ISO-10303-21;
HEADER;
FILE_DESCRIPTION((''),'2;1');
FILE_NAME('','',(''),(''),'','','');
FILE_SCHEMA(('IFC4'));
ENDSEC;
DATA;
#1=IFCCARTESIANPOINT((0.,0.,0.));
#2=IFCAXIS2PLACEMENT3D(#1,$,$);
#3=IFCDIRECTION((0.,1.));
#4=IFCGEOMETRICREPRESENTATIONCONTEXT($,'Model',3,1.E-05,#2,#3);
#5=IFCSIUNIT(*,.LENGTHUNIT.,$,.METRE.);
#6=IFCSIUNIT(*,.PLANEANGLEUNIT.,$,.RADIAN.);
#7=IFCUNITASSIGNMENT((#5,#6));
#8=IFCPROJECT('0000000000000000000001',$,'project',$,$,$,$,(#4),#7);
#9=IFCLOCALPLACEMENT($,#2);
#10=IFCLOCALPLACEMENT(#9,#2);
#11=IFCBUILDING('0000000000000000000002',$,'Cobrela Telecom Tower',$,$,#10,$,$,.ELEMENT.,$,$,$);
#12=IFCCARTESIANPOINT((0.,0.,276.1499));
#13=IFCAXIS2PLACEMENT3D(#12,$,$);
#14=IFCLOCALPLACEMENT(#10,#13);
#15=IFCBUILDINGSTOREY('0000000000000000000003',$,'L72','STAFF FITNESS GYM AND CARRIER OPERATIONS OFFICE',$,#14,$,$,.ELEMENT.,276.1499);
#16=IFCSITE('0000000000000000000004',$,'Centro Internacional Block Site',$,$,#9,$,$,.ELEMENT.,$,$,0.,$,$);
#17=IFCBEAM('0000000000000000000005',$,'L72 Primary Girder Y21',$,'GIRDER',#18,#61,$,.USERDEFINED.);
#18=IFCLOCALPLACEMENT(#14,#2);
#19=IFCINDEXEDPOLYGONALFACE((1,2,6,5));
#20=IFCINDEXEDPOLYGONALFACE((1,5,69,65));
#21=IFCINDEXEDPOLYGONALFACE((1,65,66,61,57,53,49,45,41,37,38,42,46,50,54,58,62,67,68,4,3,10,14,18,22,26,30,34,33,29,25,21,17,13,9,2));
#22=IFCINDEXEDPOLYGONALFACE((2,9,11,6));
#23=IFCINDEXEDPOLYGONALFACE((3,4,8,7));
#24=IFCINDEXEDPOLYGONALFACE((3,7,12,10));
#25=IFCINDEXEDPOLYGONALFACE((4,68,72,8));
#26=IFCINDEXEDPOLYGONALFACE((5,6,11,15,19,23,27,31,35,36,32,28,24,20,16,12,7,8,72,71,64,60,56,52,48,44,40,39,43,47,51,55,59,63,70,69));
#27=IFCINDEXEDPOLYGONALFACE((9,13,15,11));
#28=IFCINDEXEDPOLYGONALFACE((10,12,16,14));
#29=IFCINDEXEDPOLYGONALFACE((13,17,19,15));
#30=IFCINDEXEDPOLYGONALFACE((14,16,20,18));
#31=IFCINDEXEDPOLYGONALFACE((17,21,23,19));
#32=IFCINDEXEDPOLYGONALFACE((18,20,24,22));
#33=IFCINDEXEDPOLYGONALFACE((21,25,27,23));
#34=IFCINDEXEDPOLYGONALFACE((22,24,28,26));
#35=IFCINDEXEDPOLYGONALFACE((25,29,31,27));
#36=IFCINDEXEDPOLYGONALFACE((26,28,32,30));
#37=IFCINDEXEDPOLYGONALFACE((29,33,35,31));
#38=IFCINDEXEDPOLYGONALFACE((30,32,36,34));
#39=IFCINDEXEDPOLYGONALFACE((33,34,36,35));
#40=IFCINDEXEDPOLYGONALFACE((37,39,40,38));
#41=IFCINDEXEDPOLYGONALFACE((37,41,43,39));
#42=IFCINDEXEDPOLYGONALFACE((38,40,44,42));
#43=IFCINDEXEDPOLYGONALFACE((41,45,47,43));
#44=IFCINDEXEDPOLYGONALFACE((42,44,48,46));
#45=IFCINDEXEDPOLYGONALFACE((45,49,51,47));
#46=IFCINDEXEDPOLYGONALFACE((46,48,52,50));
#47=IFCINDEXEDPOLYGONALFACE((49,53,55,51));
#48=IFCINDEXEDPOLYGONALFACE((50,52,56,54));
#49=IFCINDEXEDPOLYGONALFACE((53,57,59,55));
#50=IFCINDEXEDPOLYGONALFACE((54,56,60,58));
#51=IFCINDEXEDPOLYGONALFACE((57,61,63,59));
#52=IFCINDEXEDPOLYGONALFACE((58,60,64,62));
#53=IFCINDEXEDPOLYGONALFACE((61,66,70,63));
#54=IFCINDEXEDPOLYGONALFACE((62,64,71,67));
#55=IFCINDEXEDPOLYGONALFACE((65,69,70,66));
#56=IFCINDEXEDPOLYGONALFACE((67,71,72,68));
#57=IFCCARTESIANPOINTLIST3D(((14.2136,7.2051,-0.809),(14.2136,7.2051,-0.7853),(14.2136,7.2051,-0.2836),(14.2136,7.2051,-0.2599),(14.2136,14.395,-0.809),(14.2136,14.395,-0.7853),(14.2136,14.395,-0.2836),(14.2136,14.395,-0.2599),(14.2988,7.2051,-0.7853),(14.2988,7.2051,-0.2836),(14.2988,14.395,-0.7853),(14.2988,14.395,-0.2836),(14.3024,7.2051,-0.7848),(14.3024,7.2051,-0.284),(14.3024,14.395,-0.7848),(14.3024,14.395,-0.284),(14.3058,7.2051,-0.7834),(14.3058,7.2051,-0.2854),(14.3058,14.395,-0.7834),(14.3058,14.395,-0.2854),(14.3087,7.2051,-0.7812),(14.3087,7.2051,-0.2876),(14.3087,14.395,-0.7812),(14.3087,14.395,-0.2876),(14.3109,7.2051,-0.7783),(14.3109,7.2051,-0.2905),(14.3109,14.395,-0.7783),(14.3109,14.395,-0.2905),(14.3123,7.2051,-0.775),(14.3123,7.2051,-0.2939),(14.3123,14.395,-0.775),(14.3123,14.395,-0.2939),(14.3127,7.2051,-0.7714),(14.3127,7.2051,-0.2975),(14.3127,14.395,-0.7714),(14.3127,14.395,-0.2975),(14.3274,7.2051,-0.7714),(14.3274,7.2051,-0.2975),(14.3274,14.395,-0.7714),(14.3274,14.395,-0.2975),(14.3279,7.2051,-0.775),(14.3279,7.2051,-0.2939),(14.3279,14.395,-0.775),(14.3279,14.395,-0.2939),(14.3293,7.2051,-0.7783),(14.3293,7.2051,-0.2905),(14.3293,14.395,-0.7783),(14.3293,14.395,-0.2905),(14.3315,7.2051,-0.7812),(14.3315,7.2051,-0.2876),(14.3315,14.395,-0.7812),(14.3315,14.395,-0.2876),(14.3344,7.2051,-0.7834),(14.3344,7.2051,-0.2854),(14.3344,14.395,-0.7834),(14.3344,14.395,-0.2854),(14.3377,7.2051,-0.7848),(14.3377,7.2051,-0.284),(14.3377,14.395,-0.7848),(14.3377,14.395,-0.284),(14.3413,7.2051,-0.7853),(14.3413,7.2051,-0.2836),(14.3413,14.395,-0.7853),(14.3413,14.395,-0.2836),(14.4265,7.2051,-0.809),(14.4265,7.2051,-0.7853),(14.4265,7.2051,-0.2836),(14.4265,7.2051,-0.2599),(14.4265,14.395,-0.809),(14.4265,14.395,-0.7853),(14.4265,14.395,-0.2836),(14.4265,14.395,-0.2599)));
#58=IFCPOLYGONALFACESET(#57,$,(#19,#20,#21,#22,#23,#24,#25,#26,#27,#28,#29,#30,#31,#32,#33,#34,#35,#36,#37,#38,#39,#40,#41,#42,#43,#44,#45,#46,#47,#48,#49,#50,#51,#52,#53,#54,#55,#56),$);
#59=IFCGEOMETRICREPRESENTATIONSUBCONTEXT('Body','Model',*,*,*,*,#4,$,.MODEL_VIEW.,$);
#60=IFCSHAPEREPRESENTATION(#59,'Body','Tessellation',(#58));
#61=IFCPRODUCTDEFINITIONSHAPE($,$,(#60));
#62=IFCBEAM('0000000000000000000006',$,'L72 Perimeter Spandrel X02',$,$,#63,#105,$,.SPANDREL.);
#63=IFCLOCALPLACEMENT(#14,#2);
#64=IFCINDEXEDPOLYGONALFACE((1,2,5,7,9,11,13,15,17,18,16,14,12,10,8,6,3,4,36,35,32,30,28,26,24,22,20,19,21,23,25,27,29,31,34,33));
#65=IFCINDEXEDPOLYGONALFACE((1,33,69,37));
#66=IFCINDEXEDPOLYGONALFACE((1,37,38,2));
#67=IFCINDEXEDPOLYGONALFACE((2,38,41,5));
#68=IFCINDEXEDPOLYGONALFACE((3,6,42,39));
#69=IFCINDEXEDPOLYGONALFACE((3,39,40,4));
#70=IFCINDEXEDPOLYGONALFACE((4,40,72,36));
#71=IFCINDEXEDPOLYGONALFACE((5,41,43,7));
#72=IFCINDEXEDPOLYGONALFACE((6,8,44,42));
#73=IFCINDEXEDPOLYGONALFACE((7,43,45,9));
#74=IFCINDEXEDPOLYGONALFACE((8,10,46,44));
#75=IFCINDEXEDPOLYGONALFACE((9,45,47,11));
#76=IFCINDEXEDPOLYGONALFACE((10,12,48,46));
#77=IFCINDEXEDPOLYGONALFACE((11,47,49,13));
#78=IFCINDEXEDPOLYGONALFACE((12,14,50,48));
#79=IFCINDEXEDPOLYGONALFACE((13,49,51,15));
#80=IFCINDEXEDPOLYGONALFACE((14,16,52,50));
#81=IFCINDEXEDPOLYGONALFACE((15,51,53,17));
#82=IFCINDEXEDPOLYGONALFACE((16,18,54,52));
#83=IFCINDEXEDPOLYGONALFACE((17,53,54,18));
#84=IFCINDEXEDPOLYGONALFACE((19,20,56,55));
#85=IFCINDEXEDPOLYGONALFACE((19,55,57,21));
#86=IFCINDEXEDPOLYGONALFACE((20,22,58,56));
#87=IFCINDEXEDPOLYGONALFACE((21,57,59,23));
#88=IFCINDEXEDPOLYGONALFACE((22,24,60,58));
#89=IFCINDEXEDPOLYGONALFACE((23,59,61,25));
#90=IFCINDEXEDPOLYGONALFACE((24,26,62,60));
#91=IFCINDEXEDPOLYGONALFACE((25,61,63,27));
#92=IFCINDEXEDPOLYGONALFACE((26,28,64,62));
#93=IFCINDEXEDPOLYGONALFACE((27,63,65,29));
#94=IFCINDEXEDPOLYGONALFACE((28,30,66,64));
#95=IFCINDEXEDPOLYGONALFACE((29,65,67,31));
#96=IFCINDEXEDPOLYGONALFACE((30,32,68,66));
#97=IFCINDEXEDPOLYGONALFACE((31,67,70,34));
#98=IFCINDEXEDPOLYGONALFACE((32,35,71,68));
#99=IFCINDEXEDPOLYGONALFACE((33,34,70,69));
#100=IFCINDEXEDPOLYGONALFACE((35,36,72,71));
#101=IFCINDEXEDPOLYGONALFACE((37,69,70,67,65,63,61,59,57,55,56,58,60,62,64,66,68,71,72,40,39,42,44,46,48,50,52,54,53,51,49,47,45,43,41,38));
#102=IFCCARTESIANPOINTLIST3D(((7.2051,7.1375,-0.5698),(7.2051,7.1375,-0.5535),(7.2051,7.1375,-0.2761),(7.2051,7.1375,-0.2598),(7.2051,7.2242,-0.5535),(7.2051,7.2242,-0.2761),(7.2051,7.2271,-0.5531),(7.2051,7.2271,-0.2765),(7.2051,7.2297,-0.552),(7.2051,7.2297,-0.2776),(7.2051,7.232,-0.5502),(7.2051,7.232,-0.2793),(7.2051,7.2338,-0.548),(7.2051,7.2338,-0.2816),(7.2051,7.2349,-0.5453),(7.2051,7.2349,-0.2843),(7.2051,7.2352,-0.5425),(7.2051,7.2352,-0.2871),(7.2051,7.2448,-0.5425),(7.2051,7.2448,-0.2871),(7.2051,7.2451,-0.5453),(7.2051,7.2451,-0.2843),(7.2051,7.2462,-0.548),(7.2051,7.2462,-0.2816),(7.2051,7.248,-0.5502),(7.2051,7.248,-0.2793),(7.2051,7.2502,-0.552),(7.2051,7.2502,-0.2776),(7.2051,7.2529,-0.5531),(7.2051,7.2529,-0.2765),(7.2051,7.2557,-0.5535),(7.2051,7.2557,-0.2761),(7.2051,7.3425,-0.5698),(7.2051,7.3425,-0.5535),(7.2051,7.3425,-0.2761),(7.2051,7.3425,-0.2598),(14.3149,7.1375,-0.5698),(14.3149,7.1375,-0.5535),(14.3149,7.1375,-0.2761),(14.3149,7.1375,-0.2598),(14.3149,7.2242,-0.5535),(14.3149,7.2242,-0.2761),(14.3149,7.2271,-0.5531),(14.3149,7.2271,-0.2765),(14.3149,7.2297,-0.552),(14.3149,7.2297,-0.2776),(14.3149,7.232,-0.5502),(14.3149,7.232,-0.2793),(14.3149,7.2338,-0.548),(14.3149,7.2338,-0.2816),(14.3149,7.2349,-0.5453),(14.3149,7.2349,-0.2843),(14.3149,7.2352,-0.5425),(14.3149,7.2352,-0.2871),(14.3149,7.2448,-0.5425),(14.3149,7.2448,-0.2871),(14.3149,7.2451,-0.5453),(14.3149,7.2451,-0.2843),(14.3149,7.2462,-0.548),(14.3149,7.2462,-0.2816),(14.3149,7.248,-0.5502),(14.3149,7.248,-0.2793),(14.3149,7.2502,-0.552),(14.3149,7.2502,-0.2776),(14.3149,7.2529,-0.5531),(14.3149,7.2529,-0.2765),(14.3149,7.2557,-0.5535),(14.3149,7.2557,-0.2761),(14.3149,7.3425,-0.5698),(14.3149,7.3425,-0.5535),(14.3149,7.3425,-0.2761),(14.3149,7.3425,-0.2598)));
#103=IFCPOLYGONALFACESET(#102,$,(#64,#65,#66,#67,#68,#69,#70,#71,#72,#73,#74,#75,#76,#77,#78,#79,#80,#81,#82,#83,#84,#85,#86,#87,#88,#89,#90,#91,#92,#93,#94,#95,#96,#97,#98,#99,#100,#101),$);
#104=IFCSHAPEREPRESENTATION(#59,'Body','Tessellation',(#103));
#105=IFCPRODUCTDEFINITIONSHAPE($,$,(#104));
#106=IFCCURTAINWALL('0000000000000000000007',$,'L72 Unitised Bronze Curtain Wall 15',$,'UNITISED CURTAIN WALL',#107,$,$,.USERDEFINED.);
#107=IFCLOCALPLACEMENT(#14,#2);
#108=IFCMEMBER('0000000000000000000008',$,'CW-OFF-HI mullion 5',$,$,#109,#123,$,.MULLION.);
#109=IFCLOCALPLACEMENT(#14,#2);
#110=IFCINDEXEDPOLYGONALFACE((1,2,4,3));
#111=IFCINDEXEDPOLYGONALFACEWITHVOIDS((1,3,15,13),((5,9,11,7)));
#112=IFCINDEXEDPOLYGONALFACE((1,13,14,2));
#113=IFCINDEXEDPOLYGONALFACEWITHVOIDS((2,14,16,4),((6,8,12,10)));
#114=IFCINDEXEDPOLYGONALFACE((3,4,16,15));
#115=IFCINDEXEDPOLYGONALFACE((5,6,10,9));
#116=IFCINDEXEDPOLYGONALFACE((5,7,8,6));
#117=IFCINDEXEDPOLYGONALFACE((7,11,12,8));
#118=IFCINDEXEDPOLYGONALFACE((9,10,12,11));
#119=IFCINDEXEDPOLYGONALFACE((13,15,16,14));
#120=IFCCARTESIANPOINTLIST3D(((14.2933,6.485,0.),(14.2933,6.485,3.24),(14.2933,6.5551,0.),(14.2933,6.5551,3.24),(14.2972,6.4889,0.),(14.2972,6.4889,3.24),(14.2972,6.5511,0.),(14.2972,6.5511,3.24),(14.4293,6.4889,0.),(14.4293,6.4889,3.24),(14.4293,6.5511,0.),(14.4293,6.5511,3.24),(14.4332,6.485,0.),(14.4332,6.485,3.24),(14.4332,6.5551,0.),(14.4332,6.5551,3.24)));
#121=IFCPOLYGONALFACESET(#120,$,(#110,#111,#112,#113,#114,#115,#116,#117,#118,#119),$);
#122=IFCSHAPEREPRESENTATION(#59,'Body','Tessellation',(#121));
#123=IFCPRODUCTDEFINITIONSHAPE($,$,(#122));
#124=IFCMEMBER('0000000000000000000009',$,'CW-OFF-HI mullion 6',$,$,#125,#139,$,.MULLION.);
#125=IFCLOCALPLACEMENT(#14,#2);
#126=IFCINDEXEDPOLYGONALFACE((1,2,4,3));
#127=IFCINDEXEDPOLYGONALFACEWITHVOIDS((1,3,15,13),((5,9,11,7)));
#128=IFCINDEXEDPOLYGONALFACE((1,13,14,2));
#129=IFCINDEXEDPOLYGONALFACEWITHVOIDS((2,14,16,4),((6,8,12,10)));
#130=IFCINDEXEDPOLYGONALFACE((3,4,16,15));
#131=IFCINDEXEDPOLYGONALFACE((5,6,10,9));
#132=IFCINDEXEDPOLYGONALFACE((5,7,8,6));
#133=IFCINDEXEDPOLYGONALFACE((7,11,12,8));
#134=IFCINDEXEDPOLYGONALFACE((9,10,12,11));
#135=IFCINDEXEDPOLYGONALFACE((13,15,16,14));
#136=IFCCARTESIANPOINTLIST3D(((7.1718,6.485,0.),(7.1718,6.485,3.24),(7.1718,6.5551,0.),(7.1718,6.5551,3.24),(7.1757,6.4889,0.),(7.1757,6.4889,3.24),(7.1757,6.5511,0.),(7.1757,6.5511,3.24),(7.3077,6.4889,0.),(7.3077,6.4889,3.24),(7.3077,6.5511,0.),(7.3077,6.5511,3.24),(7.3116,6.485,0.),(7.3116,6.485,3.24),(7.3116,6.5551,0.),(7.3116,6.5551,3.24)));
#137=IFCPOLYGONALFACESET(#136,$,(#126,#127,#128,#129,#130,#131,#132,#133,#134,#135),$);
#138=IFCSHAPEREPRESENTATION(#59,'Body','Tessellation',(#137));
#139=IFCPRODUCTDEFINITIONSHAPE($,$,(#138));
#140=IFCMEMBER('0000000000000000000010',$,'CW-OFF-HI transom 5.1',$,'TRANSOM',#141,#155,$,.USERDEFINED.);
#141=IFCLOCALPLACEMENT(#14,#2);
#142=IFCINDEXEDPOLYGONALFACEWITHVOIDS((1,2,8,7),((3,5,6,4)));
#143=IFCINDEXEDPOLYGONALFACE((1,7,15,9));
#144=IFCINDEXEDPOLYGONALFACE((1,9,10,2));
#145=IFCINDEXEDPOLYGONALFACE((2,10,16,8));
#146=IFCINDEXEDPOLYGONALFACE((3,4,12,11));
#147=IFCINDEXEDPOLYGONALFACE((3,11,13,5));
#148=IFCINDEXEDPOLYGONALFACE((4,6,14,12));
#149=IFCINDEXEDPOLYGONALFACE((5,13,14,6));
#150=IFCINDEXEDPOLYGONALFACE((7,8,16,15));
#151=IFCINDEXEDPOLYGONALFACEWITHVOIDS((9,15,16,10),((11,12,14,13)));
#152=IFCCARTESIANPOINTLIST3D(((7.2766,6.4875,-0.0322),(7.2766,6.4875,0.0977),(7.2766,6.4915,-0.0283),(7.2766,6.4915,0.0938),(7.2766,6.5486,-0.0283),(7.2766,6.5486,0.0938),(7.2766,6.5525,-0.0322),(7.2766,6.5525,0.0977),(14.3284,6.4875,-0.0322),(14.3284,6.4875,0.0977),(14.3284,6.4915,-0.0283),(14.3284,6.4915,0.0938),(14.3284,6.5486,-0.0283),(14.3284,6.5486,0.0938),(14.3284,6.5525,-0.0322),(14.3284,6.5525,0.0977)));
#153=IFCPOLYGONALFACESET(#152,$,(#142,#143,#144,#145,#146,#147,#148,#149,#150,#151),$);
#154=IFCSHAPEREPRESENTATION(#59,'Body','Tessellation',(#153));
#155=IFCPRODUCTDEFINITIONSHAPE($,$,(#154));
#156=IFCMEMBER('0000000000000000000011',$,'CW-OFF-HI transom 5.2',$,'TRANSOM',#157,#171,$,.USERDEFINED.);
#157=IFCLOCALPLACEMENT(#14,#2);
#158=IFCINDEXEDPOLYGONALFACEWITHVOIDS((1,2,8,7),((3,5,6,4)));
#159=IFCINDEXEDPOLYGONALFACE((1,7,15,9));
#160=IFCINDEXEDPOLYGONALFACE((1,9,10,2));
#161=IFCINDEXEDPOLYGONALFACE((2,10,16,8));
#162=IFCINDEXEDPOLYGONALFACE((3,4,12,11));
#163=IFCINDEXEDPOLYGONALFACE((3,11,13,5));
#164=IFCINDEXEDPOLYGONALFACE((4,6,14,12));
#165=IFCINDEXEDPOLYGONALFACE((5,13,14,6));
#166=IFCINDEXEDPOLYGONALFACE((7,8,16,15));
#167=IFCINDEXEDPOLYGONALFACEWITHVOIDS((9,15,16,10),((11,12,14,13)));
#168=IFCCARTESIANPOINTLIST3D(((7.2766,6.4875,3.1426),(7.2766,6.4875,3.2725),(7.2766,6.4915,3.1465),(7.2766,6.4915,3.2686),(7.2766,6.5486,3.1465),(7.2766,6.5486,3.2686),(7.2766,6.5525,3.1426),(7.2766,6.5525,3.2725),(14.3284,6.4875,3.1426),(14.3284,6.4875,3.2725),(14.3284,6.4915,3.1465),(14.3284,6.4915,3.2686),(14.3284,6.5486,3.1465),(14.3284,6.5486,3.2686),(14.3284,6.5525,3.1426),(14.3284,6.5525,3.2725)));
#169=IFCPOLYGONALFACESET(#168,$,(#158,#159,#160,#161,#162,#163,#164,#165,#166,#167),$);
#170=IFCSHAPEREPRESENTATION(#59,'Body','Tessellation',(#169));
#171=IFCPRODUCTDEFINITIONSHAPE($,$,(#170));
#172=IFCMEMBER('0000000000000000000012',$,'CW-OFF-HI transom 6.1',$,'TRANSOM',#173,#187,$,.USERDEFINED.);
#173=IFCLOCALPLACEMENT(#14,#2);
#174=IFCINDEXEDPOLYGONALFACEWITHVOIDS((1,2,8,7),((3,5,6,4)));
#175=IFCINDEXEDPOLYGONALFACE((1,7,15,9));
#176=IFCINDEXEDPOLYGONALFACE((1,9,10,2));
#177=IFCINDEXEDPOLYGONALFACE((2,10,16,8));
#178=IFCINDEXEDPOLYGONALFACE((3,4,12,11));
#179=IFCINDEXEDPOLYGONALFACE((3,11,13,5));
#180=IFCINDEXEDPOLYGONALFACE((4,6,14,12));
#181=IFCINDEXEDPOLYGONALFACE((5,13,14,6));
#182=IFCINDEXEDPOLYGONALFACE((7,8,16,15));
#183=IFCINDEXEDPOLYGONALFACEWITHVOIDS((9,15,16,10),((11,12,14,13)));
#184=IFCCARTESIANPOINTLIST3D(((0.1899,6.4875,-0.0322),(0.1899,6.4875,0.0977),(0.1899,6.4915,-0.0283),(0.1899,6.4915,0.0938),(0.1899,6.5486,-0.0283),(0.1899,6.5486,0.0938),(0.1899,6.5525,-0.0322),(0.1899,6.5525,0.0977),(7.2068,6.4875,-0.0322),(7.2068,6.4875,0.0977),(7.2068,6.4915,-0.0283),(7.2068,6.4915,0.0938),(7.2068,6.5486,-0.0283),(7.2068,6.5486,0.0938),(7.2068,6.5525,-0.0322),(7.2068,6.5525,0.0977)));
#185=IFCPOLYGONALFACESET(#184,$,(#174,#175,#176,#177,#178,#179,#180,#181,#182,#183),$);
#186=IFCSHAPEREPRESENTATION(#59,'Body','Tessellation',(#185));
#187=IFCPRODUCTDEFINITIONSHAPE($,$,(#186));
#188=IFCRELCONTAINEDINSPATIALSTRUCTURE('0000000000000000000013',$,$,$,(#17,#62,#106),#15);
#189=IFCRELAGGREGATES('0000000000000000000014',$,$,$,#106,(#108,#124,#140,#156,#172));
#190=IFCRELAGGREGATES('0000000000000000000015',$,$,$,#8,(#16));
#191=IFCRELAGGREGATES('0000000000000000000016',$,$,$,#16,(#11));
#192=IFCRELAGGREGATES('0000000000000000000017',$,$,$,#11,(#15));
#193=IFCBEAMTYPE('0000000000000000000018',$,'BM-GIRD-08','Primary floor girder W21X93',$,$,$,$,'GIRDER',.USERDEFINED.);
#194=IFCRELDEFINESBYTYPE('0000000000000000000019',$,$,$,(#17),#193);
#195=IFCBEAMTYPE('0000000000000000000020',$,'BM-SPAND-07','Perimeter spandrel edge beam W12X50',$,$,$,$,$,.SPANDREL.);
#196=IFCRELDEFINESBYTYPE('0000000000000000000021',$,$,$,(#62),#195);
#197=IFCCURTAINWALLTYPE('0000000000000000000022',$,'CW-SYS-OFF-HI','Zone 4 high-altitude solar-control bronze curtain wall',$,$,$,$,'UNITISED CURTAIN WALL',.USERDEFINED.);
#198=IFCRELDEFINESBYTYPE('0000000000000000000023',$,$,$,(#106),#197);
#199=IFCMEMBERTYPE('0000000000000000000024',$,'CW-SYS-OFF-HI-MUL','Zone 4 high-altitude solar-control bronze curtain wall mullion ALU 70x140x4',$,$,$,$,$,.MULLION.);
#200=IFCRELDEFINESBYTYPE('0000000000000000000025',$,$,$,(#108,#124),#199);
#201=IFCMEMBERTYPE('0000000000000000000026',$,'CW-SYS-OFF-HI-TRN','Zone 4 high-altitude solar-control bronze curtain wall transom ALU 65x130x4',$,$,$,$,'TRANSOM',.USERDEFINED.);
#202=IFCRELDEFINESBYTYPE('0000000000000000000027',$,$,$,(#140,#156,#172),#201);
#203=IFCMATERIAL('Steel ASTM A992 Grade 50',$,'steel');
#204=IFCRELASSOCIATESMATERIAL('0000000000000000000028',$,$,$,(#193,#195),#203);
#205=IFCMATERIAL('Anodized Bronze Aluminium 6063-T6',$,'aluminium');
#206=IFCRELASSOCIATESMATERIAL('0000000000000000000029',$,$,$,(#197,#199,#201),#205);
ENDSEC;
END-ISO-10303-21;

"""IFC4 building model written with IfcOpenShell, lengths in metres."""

from ifc_helpers import new_model, si_unit, direction, frame, origin, origin_2d, place, context, subcontext, project, spatial, hollow_rectangle, i_section, extrude, material, material_profile, profile_set, type_object, element, aggregate, save


model = new_model("IFC4")

# Units and contexts
model_context = context("Model", 3, precision=1e-05, world=origin(), true_north=direction((0.0, 1.0)))
body_context = subcontext(model_context, "Body", "Model", "MODEL_VIEW")
ifc_project = project(units=[si_unit("LENGTHUNIT", "METRE"), si_unit("PLANEANGLEUNIT", "RADIAN")], contexts=[model_context])

# Site, building, storey
site_placement = place(None, origin())
site = spatial("IfcSite", under=ifc_project, at=site_placement, Name="Centro Internacional Block Site", CompositionType="ELEMENT", RefElevation=0.0)
building_placement = place(site_placement, origin())
building = spatial("IfcBuilding", under=site, at=building_placement, Name="Cobrela Telecom Tower", CompositionType="ELEMENT")
storey_placement = place(building_placement, frame((0.0, 0.0, 276.1499)))
storey = spatial("IfcBuildingStorey", under=building, at=storey_placement, Name="L72", Description="STAFF FITNESS GYM AND CARRIER OPERATIONS OFFICE", CompositionType="ELEMENT", Elevation=276.1499)

# Beams
ifc_material_1 = material(Name="Steel ASTM A992 Grade 50", Category="steel")
ifc_material_profile_1 = material_profile(ifc_material_1, i_section(OverallWidth=0.2129, OverallDepth=0.5491, WebThickness=0.0146, FlangeThickness=0.0237, FilletRadius=0.0139, at=origin_2d()), Name="W21X93")
ifc_profile_set_1 = profile_set([ifc_material_profile_1], Name="Steel ASTM A992 Grade 50")
beam_type_1 = type_object("IfcBeamType", Name="BM-GIRD-08", Description="Primary floor girder W21X93", ElementType="GIRDER", PredefinedType="USERDEFINED", material=ifc_profile_set_1)
beam_1_placement = place(storey_placement, frame((14.3201, 7.2051, -0.5344), z_axis=(0.0, 1.0, 0.0), x_axis=(-1.0, 0.0, 0.0)))
element("IfcBeam", 1, at=beam_1_placement, inside=storey, type_object=beam_type_1, Name="L72 Primary Girder Y21", ObjectType="GIRDER", PredefinedType="USERDEFINED", context=body_context, shape_type="SweptSolid", body=[
    extrude(i_section(OverallWidth=0.2129, OverallDepth=0.5491, WebThickness=0.0146, FlangeThickness=0.0237, FilletRadius=0.0139, at=origin_2d()), origin(), (0.0, 0.0, 1.0), 7.1899),
])
ifc_material_profile_2 = material_profile(ifc_material_1, i_section(OverallWidth=0.2051, OverallDepth=0.3101, WebThickness=0.0095, FlangeThickness=0.0164, FilletRadius=0.011, at=origin_2d()), Name="W12X50")
ifc_profile_set_2 = profile_set([ifc_material_profile_2], Name="Steel ASTM A992 Grade 50")
beam_type_2 = type_object("IfcBeamType", Name="BM-SPAND-07", Description="Perimeter spandrel edge beam W12X50", PredefinedType="SPANDREL", material=ifc_profile_set_2)
beam_2_placement = place(storey_placement, frame((7.2051, 7.24, -0.4148), z_axis=(1.0, 0.0, 0.0), x_axis=(0.0, 1.0, 0.0)))
element("IfcBeam", 2, at=beam_2_placement, inside=storey, type_object=beam_type_2, Name="L72 Perimeter Spandrel X02", PredefinedType="SPANDREL", context=body_context, shape_type="SweptSolid", body=[
    extrude(i_section(OverallWidth=0.2051, OverallDepth=0.3101, WebThickness=0.0095, FlangeThickness=0.0164, FilletRadius=0.011, at=origin_2d()), origin(), (0.0, 0.0, 1.0), 7.1099),
])

# Curtain wall, members
ifc_material_2 = material(Name="Anodized Bronze Aluminium 6063-T6", Category="aluminium")
curtain_wall_type = type_object("IfcCurtainWallType", Name="CW-SYS-OFF-HI", Description="Zone 4 high-altitude solar-control bronze curtain wall", ElementType="UNITISED CURTAIN WALL", PredefinedType="USERDEFINED", material=ifc_material_2)
curtain_wall_placement = place(storey_placement, origin())
curtain_wall = element("IfcCurtainWall", 3, at=curtain_wall_placement, inside=storey, type_object=curtain_wall_type, Name="L72 Unitised Bronze Curtain Wall 15", ObjectType="UNITISED CURTAIN WALL", PredefinedType="USERDEFINED")
ifc_material_profile_3 = material_profile(ifc_material_2, hollow_rectangle(XDim=0.0701, YDim=0.1399, WallThickness=0.0039, at=origin_2d()), Name="ALU 70x140x4")
ifc_profile_set_3 = profile_set([ifc_material_profile_3], Name="Anodized Bronze Aluminium 6063-T6")
member_type_1 = type_object("IfcMemberType", Name="CW-SYS-OFF-HI-MUL", Description="Zone 4 high-altitude solar-control bronze curtain wall mullion ALU 70x140x4", PredefinedType="MULLION", material=ifc_profile_set_3)
member_1_placement = place(storey_placement, frame((14.3633, 6.52, 0.0), z_axis=(0.0, 0.0, 1.0), x_axis=(0.0, -1.0, 0.0)))
member_1 = element("IfcMember", 4, at=member_1_placement, type_object=member_type_1, Name="CW-OFF-HI mullion 5", PredefinedType="MULLION", context=body_context, shape_type="SweptSolid", body=[
    extrude(hollow_rectangle(XDim=0.0701, YDim=0.1399, WallThickness=0.0039, at=origin_2d()), origin(), (0.0, 0.0, 1.0), 3.24),
])
member_2_placement = place(storey_placement, frame((7.2417, 6.52, 0.0), z_axis=(0.0, 0.0, 1.0), x_axis=(0.0, -1.0, 0.0)))
member_2 = element("IfcMember", 5, at=member_2_placement, type_object=member_type_1, Name="CW-OFF-HI mullion 6", PredefinedType="MULLION", context=body_context, shape_type="SweptSolid", body=[
    extrude(hollow_rectangle(XDim=0.0701, YDim=0.1399, WallThickness=0.0039, at=origin_2d()), origin(), (0.0, 0.0, 1.0), 3.24),
])
ifc_material_profile_4 = material_profile(ifc_material_2, hollow_rectangle(XDim=0.0649, YDim=0.1299, WallThickness=0.0039, at=origin_2d()), Name="ALU 65x130x4")
ifc_profile_set_4 = profile_set([ifc_material_profile_4], Name="Anodized Bronze Aluminium 6063-T6")
member_type_2 = type_object("IfcMemberType", Name="CW-SYS-OFF-HI-TRN", Description="Zone 4 high-altitude solar-control bronze curtain wall transom ALU 65x130x4", ElementType="TRANSOM", PredefinedType="USERDEFINED", material=ifc_profile_set_4)
member_3_placement = place(storey_placement, frame((14.3284, 6.52, 0.0327), z_axis=(-1.0, 0.0, 0.0), x_axis=(0.0, -1.0, 0.0)))
member_3 = element("IfcMember", 6, at=member_3_placement, type_object=member_type_2, Name="CW-OFF-HI transom 5.1", ObjectType="TRANSOM", PredefinedType="USERDEFINED", context=body_context, shape_type="SweptSolid", body=[
    extrude(hollow_rectangle(XDim=0.0649, YDim=0.1299, WallThickness=0.0039, at=origin_2d()), origin(), (0.0, 0.0, 1.0), 7.0518),
])
member_4_placement = place(storey_placement, frame((14.3284, 6.52, 3.2075), z_axis=(-1.0, 0.0, 0.0), x_axis=(0.0, -1.0, 0.0)))
member_4 = element("IfcMember", 7, at=member_4_placement, type_object=member_type_2, Name="CW-OFF-HI transom 5.2", ObjectType="TRANSOM", PredefinedType="USERDEFINED", context=body_context, shape_type="SweptSolid", body=[
    extrude(hollow_rectangle(XDim=0.0649, YDim=0.1299, WallThickness=0.0039, at=origin_2d()), origin(), (0.0, 0.0, 1.0), 7.0518),
])
member_5_placement = place(storey_placement, frame((7.2068, 6.52, 0.0327), z_axis=(-1.0, 0.0, 0.0), x_axis=(0.0, -1.0, 0.0)))
member_5 = element("IfcMember", 8, at=member_5_placement, type_object=member_type_2, Name="CW-OFF-HI transom 6.1", ObjectType="TRANSOM", PredefinedType="USERDEFINED", context=body_context, shape_type="SweptSolid", body=[
    extrude(hollow_rectangle(XDim=0.0649, YDim=0.1299, WallThickness=0.0039, at=origin_2d()), origin(), (0.0, 0.0, 1.0), 7.0168),
])
aggregate(curtain_wall, [member_1, member_2, member_3, member_4, member_5])

save(model, "model.ifc")
